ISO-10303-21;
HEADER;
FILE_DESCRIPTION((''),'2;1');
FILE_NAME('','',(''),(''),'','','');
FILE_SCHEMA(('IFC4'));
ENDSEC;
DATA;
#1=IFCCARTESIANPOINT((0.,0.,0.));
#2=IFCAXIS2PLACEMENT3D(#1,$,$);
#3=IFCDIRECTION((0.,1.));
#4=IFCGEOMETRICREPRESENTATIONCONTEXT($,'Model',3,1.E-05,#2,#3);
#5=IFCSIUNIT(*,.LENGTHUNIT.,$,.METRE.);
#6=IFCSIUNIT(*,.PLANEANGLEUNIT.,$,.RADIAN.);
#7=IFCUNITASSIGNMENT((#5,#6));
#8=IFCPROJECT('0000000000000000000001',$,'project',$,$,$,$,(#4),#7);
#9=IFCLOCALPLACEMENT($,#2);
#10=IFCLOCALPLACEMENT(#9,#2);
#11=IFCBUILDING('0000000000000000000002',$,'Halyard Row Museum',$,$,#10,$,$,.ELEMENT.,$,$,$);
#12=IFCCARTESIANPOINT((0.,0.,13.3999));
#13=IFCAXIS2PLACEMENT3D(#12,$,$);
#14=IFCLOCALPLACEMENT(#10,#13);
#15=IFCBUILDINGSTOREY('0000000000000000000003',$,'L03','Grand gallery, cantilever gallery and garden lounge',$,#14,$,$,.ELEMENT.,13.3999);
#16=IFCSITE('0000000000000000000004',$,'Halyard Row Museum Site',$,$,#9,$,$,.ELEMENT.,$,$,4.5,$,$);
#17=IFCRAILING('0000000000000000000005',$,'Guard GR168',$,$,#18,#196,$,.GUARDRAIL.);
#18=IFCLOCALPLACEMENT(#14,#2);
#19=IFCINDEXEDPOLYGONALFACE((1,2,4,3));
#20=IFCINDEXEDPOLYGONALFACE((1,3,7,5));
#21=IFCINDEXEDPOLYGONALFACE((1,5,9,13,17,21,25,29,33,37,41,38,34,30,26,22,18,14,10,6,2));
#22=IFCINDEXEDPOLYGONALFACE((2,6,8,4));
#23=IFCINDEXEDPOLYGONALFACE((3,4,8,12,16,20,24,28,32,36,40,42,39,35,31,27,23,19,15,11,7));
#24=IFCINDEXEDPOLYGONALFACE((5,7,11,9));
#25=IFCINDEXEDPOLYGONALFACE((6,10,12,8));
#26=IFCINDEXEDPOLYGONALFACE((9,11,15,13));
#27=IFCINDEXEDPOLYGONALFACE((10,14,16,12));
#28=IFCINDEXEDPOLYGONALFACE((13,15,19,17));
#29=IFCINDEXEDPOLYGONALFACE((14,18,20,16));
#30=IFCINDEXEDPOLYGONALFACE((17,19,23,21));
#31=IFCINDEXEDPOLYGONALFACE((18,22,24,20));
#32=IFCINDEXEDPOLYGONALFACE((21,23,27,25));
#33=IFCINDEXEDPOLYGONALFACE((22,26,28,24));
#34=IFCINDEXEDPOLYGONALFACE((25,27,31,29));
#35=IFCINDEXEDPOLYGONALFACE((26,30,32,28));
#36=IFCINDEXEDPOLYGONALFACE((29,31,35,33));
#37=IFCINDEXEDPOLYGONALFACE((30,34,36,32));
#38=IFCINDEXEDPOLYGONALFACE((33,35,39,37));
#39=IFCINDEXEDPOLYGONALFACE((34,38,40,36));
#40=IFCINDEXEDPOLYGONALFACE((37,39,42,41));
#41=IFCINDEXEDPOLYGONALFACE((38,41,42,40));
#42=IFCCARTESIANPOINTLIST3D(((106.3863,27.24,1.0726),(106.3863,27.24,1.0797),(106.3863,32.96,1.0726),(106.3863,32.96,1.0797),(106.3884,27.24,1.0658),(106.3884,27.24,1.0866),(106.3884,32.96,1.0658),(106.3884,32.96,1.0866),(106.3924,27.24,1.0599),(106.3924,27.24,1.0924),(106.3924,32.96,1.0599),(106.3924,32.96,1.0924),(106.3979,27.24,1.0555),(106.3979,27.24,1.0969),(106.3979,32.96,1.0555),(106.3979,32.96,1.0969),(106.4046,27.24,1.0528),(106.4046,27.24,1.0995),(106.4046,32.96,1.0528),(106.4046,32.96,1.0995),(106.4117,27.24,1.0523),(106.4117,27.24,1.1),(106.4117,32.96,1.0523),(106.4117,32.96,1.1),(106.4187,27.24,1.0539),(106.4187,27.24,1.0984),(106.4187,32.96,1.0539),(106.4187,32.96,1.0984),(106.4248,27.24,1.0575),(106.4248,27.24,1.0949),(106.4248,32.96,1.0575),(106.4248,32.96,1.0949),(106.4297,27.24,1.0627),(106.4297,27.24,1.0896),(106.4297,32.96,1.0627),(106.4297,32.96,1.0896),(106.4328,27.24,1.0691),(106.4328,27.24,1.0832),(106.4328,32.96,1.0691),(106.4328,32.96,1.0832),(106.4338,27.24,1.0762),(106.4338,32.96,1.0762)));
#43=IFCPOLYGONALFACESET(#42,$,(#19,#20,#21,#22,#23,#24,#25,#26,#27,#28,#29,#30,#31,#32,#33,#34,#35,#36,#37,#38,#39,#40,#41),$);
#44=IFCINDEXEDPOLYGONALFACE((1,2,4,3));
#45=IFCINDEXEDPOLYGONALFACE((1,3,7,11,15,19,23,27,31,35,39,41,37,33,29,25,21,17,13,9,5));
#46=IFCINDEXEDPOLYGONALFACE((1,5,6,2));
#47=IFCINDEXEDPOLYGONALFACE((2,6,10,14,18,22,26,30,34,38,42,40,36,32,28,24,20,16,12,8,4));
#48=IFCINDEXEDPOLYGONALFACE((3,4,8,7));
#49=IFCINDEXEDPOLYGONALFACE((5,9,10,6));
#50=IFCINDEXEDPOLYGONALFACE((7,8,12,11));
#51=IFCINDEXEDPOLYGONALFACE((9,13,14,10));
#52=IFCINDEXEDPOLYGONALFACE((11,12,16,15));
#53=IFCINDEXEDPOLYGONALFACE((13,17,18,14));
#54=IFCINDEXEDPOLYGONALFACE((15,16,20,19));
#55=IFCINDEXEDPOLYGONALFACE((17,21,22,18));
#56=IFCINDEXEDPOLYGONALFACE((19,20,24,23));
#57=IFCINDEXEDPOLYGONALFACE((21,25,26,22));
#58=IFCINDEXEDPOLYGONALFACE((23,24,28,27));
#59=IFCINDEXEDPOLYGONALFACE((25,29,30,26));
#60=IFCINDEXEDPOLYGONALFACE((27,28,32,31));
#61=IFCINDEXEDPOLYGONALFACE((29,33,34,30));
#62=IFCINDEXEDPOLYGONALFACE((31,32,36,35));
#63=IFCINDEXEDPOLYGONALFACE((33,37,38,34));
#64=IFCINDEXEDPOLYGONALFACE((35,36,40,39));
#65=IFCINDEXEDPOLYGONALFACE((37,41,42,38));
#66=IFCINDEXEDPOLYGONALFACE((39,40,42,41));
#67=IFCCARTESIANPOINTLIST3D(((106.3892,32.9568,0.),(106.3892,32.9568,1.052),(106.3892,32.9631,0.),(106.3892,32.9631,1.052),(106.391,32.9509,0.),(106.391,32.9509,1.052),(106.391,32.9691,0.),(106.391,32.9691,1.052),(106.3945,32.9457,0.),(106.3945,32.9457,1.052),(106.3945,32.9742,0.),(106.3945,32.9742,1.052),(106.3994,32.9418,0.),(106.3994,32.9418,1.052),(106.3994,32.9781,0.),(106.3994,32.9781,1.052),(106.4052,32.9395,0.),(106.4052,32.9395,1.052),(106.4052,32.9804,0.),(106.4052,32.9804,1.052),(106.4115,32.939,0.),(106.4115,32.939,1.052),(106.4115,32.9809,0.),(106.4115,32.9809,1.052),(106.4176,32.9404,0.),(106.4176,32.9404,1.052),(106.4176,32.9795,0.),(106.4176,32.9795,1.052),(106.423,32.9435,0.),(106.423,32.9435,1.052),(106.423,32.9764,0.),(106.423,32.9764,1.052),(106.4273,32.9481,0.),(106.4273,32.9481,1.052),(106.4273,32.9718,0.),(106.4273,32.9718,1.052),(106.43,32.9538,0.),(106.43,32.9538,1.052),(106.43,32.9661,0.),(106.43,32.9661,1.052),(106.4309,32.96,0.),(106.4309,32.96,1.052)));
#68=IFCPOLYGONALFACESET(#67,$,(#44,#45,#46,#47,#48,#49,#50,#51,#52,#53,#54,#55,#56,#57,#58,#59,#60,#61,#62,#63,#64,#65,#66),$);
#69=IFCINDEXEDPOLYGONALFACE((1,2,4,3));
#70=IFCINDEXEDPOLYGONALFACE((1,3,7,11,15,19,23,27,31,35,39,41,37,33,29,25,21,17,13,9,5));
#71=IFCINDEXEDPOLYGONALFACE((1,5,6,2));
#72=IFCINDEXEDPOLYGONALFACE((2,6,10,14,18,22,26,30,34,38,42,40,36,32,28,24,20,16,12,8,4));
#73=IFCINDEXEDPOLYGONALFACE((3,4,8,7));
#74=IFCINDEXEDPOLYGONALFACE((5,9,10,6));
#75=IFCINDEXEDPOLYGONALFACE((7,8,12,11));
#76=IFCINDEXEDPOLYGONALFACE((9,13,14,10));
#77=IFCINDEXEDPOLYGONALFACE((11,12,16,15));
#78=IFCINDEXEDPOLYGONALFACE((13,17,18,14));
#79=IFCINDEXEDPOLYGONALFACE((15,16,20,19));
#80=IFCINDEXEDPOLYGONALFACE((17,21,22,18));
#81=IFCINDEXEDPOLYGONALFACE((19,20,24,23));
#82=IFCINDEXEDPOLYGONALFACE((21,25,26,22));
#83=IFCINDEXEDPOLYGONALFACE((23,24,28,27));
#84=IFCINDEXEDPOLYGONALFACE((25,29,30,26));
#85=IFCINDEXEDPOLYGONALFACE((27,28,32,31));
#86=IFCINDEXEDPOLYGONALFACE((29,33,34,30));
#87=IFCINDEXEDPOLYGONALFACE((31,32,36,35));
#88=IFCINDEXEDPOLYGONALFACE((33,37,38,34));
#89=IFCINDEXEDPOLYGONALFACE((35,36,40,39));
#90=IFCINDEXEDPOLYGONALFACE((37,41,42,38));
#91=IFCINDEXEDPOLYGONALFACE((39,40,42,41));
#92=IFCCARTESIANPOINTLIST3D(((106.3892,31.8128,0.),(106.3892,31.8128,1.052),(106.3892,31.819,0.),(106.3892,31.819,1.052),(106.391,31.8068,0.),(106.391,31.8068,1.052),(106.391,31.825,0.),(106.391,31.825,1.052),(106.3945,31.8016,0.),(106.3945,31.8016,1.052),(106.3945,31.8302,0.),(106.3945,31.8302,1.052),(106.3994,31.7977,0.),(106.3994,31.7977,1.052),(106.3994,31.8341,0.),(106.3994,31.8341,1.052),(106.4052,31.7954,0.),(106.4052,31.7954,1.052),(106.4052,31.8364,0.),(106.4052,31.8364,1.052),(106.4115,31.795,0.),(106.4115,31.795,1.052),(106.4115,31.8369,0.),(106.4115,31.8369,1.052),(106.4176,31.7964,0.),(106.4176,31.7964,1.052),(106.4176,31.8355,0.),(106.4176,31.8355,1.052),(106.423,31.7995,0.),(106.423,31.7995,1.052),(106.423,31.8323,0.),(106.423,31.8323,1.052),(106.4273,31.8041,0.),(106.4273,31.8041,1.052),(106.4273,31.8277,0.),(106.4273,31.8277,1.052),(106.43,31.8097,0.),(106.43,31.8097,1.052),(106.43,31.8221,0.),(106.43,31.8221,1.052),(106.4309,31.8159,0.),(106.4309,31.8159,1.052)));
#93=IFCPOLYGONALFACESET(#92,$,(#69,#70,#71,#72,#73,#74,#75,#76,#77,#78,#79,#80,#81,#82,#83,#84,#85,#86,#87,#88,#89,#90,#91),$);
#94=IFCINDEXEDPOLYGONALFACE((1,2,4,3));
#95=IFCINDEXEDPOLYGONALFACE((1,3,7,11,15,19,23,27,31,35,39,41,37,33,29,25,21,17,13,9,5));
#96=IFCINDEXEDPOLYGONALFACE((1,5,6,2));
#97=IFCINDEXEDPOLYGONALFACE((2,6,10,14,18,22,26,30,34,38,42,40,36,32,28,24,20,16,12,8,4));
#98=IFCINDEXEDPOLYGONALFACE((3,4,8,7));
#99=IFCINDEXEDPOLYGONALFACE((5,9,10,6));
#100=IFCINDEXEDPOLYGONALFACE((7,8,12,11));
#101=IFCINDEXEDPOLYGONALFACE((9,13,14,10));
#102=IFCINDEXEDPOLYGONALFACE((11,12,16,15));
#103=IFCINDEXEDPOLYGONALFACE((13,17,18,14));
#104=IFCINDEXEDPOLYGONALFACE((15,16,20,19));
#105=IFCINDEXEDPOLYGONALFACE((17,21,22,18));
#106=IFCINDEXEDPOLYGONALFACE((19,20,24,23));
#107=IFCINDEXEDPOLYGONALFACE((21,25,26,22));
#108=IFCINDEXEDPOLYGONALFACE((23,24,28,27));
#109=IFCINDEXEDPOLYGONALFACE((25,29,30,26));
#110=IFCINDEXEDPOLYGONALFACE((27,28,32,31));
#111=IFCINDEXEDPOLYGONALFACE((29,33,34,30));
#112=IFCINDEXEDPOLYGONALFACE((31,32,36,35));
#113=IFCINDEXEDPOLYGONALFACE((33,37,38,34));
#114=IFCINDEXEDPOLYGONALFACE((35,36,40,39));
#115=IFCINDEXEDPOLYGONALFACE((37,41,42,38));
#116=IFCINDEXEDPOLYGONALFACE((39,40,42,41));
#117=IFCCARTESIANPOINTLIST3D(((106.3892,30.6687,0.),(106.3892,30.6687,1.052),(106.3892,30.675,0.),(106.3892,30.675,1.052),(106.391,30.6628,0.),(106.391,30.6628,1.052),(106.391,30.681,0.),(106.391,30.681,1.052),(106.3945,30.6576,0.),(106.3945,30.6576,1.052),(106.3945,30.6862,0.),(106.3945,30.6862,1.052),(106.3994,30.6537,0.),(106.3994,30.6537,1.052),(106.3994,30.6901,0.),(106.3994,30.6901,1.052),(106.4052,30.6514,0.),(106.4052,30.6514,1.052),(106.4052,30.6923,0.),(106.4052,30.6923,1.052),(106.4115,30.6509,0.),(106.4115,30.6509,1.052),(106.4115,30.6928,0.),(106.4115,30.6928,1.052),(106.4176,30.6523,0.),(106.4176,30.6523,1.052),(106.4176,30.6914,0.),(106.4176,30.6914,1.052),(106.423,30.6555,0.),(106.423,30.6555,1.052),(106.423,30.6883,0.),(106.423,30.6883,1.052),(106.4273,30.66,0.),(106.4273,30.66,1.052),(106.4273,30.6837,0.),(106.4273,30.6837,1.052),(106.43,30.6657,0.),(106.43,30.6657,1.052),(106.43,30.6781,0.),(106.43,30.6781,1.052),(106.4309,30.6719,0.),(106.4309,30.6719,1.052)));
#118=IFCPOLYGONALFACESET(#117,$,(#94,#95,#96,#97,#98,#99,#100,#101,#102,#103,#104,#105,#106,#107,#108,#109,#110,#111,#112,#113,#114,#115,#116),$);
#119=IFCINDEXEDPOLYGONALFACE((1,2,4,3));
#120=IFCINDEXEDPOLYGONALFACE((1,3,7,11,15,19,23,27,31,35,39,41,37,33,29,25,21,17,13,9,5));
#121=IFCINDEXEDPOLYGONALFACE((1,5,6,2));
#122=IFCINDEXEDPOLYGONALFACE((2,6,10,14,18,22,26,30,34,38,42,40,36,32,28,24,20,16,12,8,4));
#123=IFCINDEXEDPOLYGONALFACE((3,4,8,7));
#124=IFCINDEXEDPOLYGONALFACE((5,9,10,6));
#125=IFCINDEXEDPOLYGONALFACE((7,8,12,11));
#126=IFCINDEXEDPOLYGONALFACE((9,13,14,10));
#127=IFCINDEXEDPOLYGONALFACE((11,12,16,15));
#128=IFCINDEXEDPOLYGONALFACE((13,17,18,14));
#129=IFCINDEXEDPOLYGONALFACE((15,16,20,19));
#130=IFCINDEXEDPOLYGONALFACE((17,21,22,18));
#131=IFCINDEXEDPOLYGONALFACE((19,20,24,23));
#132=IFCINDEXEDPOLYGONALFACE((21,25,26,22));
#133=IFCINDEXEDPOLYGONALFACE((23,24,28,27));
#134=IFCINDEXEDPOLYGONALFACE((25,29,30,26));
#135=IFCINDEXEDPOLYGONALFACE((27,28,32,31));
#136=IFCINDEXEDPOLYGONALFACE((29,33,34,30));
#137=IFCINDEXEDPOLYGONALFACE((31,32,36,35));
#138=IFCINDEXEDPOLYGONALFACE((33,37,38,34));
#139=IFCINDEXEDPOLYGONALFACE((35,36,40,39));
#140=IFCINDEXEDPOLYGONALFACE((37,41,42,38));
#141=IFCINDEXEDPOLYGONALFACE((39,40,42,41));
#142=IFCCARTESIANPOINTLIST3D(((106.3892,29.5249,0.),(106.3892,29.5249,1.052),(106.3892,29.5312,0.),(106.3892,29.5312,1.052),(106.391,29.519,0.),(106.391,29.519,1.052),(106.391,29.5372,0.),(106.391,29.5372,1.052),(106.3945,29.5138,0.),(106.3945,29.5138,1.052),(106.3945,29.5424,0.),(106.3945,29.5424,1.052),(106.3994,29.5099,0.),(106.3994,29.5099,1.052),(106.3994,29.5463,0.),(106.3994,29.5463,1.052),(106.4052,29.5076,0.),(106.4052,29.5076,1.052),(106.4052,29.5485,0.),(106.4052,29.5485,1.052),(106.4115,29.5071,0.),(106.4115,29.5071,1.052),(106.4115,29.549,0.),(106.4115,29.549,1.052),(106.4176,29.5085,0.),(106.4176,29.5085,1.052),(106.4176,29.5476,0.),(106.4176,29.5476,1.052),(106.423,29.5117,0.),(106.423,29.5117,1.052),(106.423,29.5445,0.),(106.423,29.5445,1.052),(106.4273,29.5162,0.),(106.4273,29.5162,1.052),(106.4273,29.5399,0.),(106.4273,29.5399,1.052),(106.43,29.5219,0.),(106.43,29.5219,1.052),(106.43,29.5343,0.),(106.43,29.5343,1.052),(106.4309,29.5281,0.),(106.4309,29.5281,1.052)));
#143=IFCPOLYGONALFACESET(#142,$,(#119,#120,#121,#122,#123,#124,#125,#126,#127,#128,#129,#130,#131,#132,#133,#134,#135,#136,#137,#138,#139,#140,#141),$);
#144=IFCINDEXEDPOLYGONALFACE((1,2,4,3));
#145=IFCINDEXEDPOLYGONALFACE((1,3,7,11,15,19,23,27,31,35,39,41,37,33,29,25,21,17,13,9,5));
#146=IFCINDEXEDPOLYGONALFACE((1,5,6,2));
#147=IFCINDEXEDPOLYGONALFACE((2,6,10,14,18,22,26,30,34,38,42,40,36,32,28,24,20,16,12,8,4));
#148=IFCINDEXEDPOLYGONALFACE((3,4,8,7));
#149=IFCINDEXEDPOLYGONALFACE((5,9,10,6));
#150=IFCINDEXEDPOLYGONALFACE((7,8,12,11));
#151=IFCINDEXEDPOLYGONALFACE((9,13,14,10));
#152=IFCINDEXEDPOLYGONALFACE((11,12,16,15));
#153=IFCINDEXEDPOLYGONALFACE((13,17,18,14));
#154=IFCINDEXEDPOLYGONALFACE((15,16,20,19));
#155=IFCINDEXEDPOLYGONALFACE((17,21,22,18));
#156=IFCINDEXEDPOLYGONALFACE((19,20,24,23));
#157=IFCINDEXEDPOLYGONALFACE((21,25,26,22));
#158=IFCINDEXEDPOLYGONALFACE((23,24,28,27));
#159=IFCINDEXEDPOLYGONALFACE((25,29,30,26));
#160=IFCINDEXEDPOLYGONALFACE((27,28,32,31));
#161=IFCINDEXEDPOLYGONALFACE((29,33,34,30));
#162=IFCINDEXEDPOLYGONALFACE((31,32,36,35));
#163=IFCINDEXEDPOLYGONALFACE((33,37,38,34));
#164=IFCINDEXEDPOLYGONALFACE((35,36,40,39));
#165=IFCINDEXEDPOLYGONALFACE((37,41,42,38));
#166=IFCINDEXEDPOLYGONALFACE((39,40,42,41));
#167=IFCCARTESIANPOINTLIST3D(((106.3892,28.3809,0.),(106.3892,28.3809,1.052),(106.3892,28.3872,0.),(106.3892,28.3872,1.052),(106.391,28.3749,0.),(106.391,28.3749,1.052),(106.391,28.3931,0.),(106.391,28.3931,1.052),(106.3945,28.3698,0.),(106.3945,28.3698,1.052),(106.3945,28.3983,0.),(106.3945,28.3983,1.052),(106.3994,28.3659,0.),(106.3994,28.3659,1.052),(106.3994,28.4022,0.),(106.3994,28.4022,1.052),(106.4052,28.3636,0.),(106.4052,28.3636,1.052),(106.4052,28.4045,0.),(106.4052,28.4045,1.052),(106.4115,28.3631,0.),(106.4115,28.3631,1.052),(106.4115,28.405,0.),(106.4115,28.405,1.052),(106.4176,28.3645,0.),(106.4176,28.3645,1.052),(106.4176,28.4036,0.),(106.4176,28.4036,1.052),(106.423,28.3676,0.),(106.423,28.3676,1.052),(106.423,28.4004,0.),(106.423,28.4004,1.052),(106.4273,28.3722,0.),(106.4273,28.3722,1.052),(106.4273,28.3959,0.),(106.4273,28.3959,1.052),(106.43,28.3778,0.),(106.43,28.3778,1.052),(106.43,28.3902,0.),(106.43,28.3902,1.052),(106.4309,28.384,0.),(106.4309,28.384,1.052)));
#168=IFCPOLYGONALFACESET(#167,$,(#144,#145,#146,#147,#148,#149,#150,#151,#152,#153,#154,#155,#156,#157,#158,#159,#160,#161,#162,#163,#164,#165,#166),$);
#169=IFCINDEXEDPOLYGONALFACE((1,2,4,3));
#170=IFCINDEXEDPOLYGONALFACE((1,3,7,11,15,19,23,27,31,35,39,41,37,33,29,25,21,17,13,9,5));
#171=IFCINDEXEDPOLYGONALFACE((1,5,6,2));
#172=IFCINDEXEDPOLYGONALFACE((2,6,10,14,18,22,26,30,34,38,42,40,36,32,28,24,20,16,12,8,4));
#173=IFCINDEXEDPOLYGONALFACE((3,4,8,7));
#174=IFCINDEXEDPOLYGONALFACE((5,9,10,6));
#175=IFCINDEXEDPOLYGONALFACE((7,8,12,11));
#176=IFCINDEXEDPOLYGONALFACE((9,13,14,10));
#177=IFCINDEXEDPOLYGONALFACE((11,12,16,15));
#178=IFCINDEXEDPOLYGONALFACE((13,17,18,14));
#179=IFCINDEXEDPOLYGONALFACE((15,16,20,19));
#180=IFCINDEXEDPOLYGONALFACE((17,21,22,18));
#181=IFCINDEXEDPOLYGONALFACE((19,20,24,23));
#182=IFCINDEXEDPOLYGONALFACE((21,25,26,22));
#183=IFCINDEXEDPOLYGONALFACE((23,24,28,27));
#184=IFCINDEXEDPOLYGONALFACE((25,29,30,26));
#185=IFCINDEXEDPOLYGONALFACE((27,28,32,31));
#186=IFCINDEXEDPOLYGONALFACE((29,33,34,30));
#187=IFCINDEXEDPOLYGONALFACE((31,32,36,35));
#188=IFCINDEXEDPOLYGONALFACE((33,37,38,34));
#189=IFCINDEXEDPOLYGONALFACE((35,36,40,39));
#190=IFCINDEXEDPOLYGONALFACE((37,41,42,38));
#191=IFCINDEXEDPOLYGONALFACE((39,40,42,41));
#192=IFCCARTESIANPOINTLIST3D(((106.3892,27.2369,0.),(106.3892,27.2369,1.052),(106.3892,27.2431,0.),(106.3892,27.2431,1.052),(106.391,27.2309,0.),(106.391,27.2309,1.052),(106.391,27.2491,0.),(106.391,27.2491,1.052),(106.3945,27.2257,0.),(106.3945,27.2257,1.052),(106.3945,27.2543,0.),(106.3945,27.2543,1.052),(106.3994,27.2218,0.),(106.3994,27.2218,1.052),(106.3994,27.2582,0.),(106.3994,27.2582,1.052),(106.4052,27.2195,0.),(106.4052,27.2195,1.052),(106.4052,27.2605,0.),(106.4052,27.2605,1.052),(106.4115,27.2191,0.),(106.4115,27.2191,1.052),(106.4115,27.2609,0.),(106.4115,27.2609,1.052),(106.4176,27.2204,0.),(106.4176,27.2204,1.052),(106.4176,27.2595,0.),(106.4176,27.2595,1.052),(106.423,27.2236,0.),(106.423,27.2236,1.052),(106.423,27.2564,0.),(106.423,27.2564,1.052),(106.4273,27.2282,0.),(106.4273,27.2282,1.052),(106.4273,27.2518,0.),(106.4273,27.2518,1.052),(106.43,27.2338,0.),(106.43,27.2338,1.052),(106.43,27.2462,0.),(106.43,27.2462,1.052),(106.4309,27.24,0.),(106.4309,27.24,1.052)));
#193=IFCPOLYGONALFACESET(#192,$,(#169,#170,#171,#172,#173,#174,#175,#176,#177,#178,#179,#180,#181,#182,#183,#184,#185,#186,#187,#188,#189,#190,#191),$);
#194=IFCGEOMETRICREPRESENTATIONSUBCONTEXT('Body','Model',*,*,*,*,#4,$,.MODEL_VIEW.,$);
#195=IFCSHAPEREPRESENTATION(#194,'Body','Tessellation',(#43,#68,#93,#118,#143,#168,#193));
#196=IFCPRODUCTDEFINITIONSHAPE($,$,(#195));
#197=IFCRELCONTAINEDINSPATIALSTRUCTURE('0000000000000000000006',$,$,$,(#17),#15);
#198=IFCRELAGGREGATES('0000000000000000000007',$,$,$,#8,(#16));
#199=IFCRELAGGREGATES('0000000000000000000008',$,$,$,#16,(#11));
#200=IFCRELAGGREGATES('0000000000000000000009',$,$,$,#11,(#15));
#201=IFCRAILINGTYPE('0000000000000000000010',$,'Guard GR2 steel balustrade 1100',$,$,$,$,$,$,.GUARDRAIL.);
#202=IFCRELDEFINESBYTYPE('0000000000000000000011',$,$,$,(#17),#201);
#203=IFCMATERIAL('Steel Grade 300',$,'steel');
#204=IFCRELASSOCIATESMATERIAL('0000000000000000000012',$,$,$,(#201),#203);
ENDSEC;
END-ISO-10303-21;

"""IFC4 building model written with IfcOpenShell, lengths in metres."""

from ifc_helpers import new_model, si_unit, direction, frame, origin, origin_2d, place, context, subcontext, project, spatial, circle, extrude, material, type_object, element, save


model = new_model("IFC4")

# Units and contexts
model_context = context("Model", 3, precision=1e-05, world=origin(), true_north=direction((0.0, 1.0)))
body_context = subcontext(model_context, "Body", "Model", "MODEL_VIEW")
ifc_project = project(units=[si_unit("LENGTHUNIT", "METRE"), si_unit("PLANEANGLEUNIT", "RADIAN")], contexts=[model_context])

# Site, building, storey
site_placement = place(None, origin())
site = spatial("IfcSite", under=ifc_project, at=site_placement, Name="Halyard Row Museum Site", CompositionType="ELEMENT", RefElevation=4.5)
building_placement = place(site_placement, origin())
building = spatial("IfcBuilding", under=site, at=building_placement, Name="Halyard Row Museum", CompositionType="ELEMENT")
storey_placement = place(building_placement, frame((0.0, 0.0, 13.3999)))
storey = spatial("IfcBuildingStorey", under=building, at=storey_placement, Name="L03", Description="Grand gallery, cantilever gallery and garden lounge", CompositionType="ELEMENT", Elevation=13.3999)

# Railing
ifc_material_1 = material(Name="Steel Grade 300", Category="steel")
railing_type_1 = type_object("IfcRailingType", Name="Guard GR2 steel balustrade 1100", PredefinedType="GUARDRAIL", material=ifc_material_1)
railing_1_placement = place(storey_placement, frame((106.4099, 32.96, 0.0)))
element("IfcRailing", 1, at=railing_1_placement, inside=storey, type_object=railing_type_1, Name="Guard GR168", PredefinedType="GUARDRAIL", context=body_context, shape_type="SweptSolid", body=[
    extrude(circle(Radius=0.0239, at=origin_2d()), frame((0.0, 0.0, 1.0762), z_axis=(0.0, -1.0, 0.0), x_axis=(1.0, 0.0, 0.0)), (0.0, 0.0, 1.0), 5.72),
    extrude(circle(Radius=0.021, at=origin_2d()), origin(), (0.0, 0.0, 1.0), 1.052),
    extrude(circle(Radius=0.021, at=origin_2d()), frame((0.0, -1.144, 0.0)), (0.0, 0.0, 1.0), 1.052),
    extrude(circle(Radius=0.021, at=origin_2d()), frame((0.0, -2.2881, 0.0)), (0.0, 0.0, 1.0), 1.052),
    extrude(circle(Radius=0.021, at=origin_2d()), frame((0.0, -3.4319, 0.0)), (0.0, 0.0, 1.0), 1.052),
    extrude(circle(Radius=0.021, at=origin_2d()), frame((0.0, -4.5759, 0.0)), (0.0, 0.0, 1.0), 1.052),
    extrude(circle(Radius=0.021, at=origin_2d()), frame((0.0, -5.72, 0.0)), (0.0, 0.0, 1.0), 1.052),
])

save(model, "model.ifc")
